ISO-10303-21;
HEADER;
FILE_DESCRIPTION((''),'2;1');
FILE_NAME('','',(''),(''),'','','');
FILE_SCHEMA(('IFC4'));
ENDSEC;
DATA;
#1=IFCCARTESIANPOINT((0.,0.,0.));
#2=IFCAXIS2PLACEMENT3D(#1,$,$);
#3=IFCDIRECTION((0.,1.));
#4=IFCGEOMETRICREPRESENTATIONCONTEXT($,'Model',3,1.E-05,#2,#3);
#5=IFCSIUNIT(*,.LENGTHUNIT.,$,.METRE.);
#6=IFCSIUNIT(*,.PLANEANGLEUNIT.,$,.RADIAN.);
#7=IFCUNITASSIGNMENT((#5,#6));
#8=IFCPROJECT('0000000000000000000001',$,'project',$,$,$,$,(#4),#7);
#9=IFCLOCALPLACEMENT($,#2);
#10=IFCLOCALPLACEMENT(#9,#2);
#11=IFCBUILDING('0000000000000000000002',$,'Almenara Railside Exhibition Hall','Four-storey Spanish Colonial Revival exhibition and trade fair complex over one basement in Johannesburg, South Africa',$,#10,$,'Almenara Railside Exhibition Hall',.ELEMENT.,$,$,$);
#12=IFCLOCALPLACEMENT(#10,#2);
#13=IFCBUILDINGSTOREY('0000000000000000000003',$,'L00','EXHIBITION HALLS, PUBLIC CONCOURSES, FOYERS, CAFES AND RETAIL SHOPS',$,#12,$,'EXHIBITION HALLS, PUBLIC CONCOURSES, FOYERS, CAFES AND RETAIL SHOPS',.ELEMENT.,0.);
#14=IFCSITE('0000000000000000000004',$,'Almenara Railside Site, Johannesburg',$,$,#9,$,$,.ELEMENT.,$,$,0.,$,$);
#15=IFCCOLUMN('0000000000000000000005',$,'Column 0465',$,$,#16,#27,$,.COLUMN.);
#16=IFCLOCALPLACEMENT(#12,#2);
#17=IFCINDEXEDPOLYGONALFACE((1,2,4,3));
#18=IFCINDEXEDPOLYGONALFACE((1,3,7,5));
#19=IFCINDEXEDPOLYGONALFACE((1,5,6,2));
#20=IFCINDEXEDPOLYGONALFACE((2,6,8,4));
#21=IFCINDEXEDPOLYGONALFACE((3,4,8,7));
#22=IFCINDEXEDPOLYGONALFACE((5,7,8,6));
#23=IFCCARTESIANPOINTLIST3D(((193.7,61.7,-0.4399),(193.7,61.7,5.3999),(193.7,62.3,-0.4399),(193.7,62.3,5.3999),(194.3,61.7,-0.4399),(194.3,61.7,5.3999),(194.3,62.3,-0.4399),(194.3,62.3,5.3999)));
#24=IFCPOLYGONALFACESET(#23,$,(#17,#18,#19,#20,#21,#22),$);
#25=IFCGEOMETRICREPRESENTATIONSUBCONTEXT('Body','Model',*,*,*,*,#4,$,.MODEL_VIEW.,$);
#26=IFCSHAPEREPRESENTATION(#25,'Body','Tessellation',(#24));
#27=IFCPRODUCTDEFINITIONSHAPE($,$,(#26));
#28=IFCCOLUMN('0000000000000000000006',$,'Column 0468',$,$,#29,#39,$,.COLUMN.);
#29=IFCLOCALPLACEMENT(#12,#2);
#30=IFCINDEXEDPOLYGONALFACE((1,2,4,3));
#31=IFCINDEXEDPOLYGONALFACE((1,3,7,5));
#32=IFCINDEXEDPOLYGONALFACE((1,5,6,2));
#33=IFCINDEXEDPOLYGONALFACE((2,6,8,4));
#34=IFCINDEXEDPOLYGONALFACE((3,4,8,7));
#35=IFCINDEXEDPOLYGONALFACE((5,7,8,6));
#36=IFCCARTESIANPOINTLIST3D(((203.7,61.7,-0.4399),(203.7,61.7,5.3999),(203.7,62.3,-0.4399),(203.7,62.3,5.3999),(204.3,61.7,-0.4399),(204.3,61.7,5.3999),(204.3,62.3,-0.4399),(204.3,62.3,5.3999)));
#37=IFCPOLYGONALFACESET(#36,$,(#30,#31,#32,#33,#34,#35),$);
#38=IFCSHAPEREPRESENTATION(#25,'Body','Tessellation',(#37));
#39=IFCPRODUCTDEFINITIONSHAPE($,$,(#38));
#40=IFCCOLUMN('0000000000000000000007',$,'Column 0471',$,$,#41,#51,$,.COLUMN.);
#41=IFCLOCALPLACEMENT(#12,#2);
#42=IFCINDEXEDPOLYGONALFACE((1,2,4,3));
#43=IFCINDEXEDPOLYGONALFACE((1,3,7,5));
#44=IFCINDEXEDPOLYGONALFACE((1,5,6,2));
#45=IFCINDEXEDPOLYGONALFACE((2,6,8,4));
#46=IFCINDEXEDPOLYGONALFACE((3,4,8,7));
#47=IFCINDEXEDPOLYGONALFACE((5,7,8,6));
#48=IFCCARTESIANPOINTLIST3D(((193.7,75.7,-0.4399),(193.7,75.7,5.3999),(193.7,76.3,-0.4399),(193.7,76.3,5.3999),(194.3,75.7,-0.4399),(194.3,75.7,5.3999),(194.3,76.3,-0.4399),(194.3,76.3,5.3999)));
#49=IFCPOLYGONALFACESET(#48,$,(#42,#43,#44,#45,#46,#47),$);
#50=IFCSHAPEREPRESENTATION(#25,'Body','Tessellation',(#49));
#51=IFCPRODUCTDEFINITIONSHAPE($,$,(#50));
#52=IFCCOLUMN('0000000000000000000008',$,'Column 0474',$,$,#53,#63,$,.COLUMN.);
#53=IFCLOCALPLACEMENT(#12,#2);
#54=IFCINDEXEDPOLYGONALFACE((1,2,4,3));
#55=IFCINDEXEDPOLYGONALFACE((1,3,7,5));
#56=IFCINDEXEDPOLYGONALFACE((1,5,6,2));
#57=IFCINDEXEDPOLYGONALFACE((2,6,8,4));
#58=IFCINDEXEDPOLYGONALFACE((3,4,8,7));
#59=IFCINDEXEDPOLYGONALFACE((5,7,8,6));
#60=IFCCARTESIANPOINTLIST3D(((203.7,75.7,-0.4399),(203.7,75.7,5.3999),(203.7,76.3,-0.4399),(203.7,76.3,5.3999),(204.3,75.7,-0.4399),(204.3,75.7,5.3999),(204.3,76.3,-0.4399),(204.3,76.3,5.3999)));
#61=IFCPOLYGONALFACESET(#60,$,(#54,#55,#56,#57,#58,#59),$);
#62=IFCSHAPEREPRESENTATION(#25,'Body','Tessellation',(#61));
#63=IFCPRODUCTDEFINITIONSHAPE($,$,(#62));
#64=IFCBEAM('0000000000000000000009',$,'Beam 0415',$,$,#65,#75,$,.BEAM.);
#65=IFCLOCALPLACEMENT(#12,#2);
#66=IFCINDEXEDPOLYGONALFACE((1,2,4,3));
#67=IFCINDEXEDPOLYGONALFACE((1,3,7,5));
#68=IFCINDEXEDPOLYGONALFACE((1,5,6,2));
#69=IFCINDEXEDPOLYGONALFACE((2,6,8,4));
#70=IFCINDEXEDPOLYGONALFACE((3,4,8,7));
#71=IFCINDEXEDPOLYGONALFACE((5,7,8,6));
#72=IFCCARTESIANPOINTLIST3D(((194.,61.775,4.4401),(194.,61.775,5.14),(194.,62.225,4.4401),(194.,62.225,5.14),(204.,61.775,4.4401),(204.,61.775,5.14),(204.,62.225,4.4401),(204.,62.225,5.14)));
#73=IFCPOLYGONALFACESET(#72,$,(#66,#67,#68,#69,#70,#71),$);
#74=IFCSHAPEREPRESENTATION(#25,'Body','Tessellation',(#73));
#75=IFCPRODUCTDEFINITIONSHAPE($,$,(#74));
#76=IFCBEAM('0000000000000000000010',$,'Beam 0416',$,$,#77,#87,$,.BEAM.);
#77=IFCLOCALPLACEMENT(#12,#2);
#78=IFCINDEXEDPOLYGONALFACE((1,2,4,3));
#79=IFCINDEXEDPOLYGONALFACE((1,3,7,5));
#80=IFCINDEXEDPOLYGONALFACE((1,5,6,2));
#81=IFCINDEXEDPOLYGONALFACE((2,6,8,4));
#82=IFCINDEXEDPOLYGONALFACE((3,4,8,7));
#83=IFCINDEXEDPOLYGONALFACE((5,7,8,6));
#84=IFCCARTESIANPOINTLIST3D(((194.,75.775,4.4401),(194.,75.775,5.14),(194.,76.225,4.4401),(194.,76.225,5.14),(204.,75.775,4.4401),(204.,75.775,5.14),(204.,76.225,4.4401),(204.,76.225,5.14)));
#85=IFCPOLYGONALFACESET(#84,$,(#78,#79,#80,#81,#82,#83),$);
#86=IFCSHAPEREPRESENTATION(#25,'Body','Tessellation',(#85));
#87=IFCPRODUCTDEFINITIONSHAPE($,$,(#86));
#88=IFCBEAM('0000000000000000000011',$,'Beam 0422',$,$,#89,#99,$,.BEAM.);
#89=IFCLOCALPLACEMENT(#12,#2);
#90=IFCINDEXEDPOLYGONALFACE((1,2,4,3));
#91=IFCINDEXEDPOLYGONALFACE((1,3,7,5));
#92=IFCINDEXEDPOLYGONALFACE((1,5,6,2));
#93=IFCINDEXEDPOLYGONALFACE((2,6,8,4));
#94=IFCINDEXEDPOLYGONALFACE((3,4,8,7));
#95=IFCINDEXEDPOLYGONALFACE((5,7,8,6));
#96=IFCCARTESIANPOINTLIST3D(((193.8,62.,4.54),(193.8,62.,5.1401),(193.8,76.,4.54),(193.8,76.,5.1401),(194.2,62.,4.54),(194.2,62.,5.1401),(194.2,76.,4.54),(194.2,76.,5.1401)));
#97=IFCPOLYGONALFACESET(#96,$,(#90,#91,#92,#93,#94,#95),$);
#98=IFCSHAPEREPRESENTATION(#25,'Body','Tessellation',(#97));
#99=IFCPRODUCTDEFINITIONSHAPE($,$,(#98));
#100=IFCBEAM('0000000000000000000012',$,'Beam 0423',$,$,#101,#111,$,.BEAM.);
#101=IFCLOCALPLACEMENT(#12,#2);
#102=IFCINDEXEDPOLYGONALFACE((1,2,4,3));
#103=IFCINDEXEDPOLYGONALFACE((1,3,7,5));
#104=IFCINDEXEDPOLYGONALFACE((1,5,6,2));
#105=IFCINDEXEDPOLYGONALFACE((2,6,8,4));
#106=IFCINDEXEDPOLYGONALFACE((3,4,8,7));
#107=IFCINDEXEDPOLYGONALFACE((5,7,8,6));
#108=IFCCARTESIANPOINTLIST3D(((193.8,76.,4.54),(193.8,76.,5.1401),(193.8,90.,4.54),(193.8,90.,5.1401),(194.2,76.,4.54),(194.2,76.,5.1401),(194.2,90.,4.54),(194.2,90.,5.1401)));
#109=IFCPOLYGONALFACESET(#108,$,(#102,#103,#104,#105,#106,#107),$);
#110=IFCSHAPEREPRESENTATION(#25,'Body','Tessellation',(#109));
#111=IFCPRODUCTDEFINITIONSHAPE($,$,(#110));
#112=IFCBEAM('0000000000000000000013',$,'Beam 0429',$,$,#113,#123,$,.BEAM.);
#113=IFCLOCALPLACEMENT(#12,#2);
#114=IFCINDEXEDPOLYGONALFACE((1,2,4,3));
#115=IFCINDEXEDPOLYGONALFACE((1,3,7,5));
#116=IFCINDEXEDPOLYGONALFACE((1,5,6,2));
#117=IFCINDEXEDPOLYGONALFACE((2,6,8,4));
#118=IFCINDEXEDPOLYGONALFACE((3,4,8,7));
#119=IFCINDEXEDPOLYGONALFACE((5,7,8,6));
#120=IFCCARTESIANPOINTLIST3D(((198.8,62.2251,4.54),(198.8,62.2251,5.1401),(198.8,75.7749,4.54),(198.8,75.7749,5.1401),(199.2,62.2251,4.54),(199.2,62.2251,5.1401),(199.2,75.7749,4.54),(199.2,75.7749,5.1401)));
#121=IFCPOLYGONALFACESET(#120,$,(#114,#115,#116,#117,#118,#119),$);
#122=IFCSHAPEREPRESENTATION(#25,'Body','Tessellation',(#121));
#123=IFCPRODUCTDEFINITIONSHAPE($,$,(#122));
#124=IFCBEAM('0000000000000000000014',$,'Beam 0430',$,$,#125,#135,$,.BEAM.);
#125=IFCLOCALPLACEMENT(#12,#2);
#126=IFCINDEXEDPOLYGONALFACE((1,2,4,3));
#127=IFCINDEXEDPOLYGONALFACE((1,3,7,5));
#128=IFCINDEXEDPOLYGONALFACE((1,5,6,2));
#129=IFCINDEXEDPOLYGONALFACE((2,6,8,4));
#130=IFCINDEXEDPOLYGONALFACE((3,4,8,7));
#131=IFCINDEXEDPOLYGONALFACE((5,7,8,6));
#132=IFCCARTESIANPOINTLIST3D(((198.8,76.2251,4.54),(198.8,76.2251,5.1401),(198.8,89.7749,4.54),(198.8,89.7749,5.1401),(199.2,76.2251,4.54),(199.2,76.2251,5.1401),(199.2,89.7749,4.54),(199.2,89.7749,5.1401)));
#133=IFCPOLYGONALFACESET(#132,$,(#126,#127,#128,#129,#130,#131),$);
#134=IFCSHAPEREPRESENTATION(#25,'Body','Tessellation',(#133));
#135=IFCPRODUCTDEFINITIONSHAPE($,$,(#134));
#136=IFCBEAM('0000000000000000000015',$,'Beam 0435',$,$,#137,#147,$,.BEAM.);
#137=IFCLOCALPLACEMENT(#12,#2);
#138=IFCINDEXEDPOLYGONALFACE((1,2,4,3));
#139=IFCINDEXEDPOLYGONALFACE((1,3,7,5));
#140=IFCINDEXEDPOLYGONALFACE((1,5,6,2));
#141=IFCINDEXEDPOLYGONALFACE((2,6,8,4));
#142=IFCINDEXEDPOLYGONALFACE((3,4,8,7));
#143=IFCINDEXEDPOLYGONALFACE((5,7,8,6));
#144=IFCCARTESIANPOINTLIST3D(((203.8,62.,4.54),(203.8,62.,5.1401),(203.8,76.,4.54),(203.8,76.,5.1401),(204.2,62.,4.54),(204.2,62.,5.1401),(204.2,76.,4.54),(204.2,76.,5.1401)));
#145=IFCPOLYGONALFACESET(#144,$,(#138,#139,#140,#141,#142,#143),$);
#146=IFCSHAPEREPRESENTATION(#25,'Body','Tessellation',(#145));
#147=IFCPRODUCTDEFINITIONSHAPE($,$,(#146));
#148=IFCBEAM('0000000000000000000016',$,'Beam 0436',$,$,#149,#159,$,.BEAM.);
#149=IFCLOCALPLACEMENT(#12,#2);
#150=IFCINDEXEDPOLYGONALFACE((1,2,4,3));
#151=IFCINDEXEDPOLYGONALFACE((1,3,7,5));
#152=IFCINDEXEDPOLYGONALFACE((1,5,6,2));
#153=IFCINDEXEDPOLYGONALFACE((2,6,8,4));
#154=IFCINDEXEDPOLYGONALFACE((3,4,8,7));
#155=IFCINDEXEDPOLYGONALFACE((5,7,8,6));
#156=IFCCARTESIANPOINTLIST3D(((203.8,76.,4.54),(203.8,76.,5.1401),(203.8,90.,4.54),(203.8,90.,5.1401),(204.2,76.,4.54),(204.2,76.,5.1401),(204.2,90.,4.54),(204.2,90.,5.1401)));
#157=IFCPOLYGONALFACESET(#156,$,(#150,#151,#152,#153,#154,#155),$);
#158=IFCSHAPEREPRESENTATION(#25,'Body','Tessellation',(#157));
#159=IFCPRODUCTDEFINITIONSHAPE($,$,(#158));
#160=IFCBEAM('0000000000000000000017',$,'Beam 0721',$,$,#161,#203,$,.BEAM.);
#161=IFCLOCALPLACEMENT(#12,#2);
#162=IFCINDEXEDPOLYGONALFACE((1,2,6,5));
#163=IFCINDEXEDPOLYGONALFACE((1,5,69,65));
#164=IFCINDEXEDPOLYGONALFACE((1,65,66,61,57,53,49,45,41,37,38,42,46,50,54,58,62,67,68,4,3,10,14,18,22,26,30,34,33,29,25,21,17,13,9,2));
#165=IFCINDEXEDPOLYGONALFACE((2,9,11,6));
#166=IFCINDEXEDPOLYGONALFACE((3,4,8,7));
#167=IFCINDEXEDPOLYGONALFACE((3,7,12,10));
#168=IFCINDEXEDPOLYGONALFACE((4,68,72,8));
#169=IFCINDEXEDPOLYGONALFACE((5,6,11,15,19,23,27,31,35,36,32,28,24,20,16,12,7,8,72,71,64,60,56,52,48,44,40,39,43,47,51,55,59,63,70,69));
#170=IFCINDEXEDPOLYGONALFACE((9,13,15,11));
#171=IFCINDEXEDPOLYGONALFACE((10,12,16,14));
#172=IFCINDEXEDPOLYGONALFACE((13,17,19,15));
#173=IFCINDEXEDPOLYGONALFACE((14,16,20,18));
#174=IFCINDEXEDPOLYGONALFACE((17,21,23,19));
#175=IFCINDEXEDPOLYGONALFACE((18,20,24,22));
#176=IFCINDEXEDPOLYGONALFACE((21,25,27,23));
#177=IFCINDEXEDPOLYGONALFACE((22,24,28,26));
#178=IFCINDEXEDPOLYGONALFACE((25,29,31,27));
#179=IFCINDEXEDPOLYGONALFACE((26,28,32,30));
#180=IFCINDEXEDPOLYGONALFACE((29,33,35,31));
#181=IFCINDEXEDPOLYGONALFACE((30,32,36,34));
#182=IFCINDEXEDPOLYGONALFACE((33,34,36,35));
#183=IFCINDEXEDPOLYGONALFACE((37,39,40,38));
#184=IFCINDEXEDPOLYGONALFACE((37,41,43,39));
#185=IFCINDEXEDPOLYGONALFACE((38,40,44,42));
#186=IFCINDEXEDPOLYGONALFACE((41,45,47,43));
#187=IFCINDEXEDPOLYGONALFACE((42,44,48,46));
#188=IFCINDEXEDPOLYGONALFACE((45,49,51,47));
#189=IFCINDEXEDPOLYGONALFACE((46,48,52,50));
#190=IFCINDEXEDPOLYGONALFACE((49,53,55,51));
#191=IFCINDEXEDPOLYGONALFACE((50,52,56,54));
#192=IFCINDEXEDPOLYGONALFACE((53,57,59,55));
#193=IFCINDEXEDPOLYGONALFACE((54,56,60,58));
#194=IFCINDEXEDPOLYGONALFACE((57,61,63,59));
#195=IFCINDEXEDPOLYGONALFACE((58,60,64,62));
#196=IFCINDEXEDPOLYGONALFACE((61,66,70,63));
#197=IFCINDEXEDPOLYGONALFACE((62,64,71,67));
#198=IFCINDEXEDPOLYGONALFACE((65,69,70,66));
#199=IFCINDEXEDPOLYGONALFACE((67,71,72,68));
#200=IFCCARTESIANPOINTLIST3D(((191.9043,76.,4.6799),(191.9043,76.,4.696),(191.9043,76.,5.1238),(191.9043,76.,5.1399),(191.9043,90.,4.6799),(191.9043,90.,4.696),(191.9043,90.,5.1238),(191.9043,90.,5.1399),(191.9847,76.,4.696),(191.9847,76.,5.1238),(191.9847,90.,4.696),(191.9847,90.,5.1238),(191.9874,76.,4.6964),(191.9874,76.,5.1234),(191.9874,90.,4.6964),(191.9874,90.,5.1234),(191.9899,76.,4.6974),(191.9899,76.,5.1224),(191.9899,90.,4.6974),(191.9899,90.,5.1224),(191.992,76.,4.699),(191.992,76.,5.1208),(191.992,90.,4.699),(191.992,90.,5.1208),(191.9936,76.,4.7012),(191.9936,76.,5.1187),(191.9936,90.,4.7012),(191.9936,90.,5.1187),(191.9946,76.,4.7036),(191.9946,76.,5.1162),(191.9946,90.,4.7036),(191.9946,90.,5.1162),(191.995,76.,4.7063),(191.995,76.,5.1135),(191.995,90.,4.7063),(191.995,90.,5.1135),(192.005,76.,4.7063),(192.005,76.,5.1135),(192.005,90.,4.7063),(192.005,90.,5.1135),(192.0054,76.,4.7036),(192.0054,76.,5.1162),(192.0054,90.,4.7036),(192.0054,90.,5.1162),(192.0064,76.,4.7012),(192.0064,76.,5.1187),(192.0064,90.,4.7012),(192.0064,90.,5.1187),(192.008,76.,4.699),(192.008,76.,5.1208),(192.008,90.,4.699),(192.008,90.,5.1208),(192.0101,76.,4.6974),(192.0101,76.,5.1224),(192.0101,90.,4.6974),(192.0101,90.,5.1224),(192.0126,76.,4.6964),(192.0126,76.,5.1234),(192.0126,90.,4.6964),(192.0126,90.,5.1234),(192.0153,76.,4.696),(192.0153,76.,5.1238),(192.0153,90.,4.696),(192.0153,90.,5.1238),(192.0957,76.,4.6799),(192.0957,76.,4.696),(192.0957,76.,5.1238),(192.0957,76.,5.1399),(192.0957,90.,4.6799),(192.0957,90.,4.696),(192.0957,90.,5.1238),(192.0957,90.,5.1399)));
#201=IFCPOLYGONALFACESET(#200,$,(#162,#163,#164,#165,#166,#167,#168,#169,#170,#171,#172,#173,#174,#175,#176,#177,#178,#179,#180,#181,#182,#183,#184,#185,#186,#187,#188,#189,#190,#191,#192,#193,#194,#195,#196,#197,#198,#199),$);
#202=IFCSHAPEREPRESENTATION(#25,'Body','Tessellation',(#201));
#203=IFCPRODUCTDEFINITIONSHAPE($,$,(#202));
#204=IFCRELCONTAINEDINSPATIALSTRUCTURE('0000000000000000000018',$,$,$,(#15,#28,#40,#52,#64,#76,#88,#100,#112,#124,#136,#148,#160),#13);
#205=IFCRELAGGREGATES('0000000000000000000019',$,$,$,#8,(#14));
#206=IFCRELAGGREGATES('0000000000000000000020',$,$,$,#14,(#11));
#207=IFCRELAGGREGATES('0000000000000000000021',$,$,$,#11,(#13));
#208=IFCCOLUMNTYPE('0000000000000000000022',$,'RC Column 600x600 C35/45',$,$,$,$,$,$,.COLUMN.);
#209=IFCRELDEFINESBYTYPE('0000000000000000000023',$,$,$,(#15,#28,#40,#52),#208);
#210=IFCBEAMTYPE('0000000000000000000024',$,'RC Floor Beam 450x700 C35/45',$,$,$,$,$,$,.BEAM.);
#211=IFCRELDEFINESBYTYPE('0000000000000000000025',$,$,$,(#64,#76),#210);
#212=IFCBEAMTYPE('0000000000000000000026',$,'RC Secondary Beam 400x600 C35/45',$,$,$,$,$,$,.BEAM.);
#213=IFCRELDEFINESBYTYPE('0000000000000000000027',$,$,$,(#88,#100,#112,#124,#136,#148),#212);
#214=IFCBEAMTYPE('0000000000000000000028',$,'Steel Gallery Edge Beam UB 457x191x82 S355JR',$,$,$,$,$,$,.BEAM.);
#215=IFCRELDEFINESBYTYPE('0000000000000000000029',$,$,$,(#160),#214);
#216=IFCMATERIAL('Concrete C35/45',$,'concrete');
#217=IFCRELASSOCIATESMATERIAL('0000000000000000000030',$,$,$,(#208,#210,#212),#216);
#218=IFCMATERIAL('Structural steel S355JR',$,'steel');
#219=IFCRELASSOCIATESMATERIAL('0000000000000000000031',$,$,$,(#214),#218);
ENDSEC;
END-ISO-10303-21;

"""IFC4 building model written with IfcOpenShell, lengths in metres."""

from ifc_helpers import new_model, si_unit, direction, frame, origin, origin_2d, place, context, subcontext, project, spatial, rectangle, i_section, extrude, material, material_profile, profile_set, type_object, element, save


model = new_model("IFC4")

# Units and contexts
model_context = context("Model", 3, precision=1e-05, world=origin(), true_north=direction((0.0, 1.0)))
body_context = subcontext(model_context, "Body", "Model", "MODEL_VIEW")
ifc_project = project(units=[si_unit("LENGTHUNIT", "METRE"), si_unit("PLANEANGLEUNIT", "RADIAN")], contexts=[model_context])

# Site, building, storey
site_placement = place(None, origin())
site = spatial("IfcSite", under=ifc_project, at=site_placement, Name="Almenara Railside Site, Johannesburg", CompositionType="ELEMENT", RefElevation=0.0)
building_placement = place(site_placement, origin())
building = spatial("IfcBuilding", under=site, at=building_placement, Name="Almenara Railside Exhibition Hall", Description="Four-storey Spanish Colonial Revival exhibition and trade fair complex over one basement in Johannesburg, South Africa", LongName="Almenara Railside Exhibition Hall", CompositionType="ELEMENT")
storey_placement = place(building_placement, origin())
storey = spatial("IfcBuildingStorey", under=building, at=storey_placement, Name="L00", Description="EXHIBITION HALLS, PUBLIC CONCOURSES, FOYERS, CAFES AND RETAIL SHOPS", LongName="EXHIBITION HALLS, PUBLIC CONCOURSES, FOYERS, CAFES AND RETAIL SHOPS", CompositionType="ELEMENT", Elevation=0.0)

# Shared definitions
ifc_material_1 = material(Name="Concrete C35/45", Category="concrete")

# Columns
ifc_material_profile_1 = material_profile(ifc_material_1, rectangle(XDim=0.6001, YDim=0.6001, at=origin_2d()), Name="RC 600x600")
ifc_profile_set_1 = profile_set([ifc_material_profile_1], Name="Concrete C35/45")
column_type = type_object("IfcColumnType", Name="RC Column 600x600 C35/45", PredefinedType="COLUMN", material=ifc_profile_set_1)
for number, where, z_axis, x_axis, name in (
    (1, (194.0, 62.0, -0.4399), (0.0, 0.0, 1.0), (1.0, 0.0, 0.0), "Column 0465"),
    (2, (204.0, 62.0, -0.4399), (0.0, 0.0, 1.0), (1.0, 0.0, 0.0), "Column 0468"),
    (3, (194.0, 76.0, -0.4399), (0.0, 0.0, 1.0), (1.0, 0.0, 0.0), "Column 0471"),
    (4, (204.0, 76.0, -0.4399), (0.0, 0.0, 1.0), (1.0, 0.0, 0.0), "Column 0474"),
):
    element("IfcColumn", number, at=place(storey_placement, frame(where, z_axis=z_axis, x_axis=x_axis)), inside=storey, type_object=column_type, Name=name, PredefinedType="COLUMN", context=body_context, shape_type="SweptSolid", body=[
        extrude(rectangle(XDim=0.6001, YDim=0.6001, at=origin_2d()), origin(), (0.0, 0.0, 1.0), 5.8398),
    ])

# Beams
ifc_material_profile_2 = material_profile(ifc_material_1, rectangle(XDim=0.45, YDim=0.7, at=origin_2d()), Name="RC 450x700")
ifc_profile_set_2 = profile_set([ifc_material_profile_2], Name="Concrete C35/45")
beam_type_1 = type_object("IfcBeamType", Name="RC Floor Beam 450x700 C35/45", PredefinedType="BEAM", material=ifc_profile_set_2)
for number, where, z_axis, x_axis, name in (
    (5, (194.0, 62.0, 4.79), (1.0, 0.0, 0.0), (0.0, 1.0, 0.0), "Beam 0415"),
    (6, (194.0, 76.0, 4.79), (1.0, 0.0, 0.0), (0.0, 1.0, 0.0), "Beam 0416"),
):
    element("IfcBeam", number, at=place(storey_placement, frame(where, z_axis=z_axis, x_axis=x_axis)), inside=storey, type_object=beam_type_1, Name=name, PredefinedType="BEAM", context=body_context, shape_type="SweptSolid", body=[
        extrude(rectangle(XDim=0.45, YDim=0.7, at=origin_2d()), origin(), (0.0, 0.0, 1.0), 10.0),
    ])
ifc_material_profile_3 = material_profile(ifc_material_1, rectangle(XDim=0.3999, YDim=0.6001, at=origin_2d()), Name="RC 400x600")
ifc_profile_set_3 = profile_set([ifc_material_profile_3], Name="Concrete C35/45")
beam_type_2 = type_object("IfcBeamType", Name="RC Secondary Beam 400x600 C35/45", PredefinedType="BEAM", material=ifc_profile_set_3)
for number, where, z_axis, x_axis, name in (
    (7, (194.0, 62.0, 4.8401), (0.0, 1.0, 0.0), (-1.0, 0.0, 0.0), "Beam 0422"),
    (8, (194.0, 76.0, 4.8401), (0.0, 1.0, 0.0), (-1.0, 0.0, 0.0), "Beam 0423"),
):
    element("IfcBeam", number, at=place(storey_placement, frame(where, z_axis=z_axis, x_axis=x_axis)), inside=storey, type_object=beam_type_2, Name=name, PredefinedType="BEAM", context=body_context, shape_type="SweptSolid", body=[
        extrude(rectangle(XDim=0.3999, YDim=0.6001, at=origin_2d()), origin(), (0.0, 0.0, 1.0), 14.0),
    ])
for number, where, z_axis, x_axis, name in (
    (9, (199.0, 62.2251, 4.8401), (0.0, 1.0, 0.0), (-1.0, 0.0, 0.0), "Beam 0429"),
    (10, (199.0, 76.2251, 4.8401), (0.0, 1.0, 0.0), (-1.0, 0.0, 0.0), "Beam 0430"),
):
    element("IfcBeam", number, at=place(storey_placement, frame(where, z_axis=z_axis, x_axis=x_axis)), inside=storey, type_object=beam_type_2, Name=name, PredefinedType="BEAM", context=body_context, shape_type="SweptSolid", body=[
        extrude(rectangle(XDim=0.3999, YDim=0.6001, at=origin_2d()), origin(), (0.0, 0.0, 1.0), 13.5498),
    ])
for number, where, z_axis, x_axis, name in (
    (11, (204.0, 62.0, 4.8401), (0.0, 1.0, 0.0), (-1.0, 0.0, 0.0), "Beam 0435"),
    (12, (204.0, 76.0, 4.8401), (0.0, 1.0, 0.0), (-1.0, 0.0, 0.0), "Beam 0436"),
):
    element("IfcBeam", number, at=place(storey_placement, frame(where, z_axis=z_axis, x_axis=x_axis)), inside=storey, type_object=beam_type_2, Name=name, PredefinedType="BEAM", context=body_context, shape_type="SweptSolid", body=[
        extrude(rectangle(XDim=0.3999, YDim=0.6001, at=origin_2d()), origin(), (0.0, 0.0, 1.0), 14.0),
    ])
ifc_material_2 = material(Name="Structural steel S355JR", Category="steel")
ifc_material_profile_4 = material_profile(ifc_material_2, i_section(OverallWidth=0.1914, OverallDepth=0.46, WebThickness=0.01, FlangeThickness=0.0161, FilletRadius=0.0103, at=origin_2d()), Name="UB 457x191x82")
ifc_profile_set_4 = profile_set([ifc_material_profile_4], Name="Structural steel S355JR")
beam_type_3 = type_object("IfcBeamType", Name="Steel Gallery Edge Beam UB 457x191x82 S355JR", PredefinedType="BEAM", material=ifc_profile_set_4)
beam_placement = place(storey_placement, frame((192.0, 76.0, 4.9099), z_axis=(0.0, 1.0, 0.0), x_axis=(-1.0, 0.0, 0.0)))
element("IfcBeam", 13, at=beam_placement, inside=storey, type_object=beam_type_3, Name="Beam 0721", PredefinedType="BEAM", context=body_context, shape_type="SweptSolid", body=[
    extrude(i_section(OverallWidth=0.1914, OverallDepth=0.46, WebThickness=0.01, FlangeThickness=0.0161, FilletRadius=0.0103, at=origin_2d()), origin(), (0.0, 0.0, 1.0), 14.0),
])

save(model, "model.ifc")
